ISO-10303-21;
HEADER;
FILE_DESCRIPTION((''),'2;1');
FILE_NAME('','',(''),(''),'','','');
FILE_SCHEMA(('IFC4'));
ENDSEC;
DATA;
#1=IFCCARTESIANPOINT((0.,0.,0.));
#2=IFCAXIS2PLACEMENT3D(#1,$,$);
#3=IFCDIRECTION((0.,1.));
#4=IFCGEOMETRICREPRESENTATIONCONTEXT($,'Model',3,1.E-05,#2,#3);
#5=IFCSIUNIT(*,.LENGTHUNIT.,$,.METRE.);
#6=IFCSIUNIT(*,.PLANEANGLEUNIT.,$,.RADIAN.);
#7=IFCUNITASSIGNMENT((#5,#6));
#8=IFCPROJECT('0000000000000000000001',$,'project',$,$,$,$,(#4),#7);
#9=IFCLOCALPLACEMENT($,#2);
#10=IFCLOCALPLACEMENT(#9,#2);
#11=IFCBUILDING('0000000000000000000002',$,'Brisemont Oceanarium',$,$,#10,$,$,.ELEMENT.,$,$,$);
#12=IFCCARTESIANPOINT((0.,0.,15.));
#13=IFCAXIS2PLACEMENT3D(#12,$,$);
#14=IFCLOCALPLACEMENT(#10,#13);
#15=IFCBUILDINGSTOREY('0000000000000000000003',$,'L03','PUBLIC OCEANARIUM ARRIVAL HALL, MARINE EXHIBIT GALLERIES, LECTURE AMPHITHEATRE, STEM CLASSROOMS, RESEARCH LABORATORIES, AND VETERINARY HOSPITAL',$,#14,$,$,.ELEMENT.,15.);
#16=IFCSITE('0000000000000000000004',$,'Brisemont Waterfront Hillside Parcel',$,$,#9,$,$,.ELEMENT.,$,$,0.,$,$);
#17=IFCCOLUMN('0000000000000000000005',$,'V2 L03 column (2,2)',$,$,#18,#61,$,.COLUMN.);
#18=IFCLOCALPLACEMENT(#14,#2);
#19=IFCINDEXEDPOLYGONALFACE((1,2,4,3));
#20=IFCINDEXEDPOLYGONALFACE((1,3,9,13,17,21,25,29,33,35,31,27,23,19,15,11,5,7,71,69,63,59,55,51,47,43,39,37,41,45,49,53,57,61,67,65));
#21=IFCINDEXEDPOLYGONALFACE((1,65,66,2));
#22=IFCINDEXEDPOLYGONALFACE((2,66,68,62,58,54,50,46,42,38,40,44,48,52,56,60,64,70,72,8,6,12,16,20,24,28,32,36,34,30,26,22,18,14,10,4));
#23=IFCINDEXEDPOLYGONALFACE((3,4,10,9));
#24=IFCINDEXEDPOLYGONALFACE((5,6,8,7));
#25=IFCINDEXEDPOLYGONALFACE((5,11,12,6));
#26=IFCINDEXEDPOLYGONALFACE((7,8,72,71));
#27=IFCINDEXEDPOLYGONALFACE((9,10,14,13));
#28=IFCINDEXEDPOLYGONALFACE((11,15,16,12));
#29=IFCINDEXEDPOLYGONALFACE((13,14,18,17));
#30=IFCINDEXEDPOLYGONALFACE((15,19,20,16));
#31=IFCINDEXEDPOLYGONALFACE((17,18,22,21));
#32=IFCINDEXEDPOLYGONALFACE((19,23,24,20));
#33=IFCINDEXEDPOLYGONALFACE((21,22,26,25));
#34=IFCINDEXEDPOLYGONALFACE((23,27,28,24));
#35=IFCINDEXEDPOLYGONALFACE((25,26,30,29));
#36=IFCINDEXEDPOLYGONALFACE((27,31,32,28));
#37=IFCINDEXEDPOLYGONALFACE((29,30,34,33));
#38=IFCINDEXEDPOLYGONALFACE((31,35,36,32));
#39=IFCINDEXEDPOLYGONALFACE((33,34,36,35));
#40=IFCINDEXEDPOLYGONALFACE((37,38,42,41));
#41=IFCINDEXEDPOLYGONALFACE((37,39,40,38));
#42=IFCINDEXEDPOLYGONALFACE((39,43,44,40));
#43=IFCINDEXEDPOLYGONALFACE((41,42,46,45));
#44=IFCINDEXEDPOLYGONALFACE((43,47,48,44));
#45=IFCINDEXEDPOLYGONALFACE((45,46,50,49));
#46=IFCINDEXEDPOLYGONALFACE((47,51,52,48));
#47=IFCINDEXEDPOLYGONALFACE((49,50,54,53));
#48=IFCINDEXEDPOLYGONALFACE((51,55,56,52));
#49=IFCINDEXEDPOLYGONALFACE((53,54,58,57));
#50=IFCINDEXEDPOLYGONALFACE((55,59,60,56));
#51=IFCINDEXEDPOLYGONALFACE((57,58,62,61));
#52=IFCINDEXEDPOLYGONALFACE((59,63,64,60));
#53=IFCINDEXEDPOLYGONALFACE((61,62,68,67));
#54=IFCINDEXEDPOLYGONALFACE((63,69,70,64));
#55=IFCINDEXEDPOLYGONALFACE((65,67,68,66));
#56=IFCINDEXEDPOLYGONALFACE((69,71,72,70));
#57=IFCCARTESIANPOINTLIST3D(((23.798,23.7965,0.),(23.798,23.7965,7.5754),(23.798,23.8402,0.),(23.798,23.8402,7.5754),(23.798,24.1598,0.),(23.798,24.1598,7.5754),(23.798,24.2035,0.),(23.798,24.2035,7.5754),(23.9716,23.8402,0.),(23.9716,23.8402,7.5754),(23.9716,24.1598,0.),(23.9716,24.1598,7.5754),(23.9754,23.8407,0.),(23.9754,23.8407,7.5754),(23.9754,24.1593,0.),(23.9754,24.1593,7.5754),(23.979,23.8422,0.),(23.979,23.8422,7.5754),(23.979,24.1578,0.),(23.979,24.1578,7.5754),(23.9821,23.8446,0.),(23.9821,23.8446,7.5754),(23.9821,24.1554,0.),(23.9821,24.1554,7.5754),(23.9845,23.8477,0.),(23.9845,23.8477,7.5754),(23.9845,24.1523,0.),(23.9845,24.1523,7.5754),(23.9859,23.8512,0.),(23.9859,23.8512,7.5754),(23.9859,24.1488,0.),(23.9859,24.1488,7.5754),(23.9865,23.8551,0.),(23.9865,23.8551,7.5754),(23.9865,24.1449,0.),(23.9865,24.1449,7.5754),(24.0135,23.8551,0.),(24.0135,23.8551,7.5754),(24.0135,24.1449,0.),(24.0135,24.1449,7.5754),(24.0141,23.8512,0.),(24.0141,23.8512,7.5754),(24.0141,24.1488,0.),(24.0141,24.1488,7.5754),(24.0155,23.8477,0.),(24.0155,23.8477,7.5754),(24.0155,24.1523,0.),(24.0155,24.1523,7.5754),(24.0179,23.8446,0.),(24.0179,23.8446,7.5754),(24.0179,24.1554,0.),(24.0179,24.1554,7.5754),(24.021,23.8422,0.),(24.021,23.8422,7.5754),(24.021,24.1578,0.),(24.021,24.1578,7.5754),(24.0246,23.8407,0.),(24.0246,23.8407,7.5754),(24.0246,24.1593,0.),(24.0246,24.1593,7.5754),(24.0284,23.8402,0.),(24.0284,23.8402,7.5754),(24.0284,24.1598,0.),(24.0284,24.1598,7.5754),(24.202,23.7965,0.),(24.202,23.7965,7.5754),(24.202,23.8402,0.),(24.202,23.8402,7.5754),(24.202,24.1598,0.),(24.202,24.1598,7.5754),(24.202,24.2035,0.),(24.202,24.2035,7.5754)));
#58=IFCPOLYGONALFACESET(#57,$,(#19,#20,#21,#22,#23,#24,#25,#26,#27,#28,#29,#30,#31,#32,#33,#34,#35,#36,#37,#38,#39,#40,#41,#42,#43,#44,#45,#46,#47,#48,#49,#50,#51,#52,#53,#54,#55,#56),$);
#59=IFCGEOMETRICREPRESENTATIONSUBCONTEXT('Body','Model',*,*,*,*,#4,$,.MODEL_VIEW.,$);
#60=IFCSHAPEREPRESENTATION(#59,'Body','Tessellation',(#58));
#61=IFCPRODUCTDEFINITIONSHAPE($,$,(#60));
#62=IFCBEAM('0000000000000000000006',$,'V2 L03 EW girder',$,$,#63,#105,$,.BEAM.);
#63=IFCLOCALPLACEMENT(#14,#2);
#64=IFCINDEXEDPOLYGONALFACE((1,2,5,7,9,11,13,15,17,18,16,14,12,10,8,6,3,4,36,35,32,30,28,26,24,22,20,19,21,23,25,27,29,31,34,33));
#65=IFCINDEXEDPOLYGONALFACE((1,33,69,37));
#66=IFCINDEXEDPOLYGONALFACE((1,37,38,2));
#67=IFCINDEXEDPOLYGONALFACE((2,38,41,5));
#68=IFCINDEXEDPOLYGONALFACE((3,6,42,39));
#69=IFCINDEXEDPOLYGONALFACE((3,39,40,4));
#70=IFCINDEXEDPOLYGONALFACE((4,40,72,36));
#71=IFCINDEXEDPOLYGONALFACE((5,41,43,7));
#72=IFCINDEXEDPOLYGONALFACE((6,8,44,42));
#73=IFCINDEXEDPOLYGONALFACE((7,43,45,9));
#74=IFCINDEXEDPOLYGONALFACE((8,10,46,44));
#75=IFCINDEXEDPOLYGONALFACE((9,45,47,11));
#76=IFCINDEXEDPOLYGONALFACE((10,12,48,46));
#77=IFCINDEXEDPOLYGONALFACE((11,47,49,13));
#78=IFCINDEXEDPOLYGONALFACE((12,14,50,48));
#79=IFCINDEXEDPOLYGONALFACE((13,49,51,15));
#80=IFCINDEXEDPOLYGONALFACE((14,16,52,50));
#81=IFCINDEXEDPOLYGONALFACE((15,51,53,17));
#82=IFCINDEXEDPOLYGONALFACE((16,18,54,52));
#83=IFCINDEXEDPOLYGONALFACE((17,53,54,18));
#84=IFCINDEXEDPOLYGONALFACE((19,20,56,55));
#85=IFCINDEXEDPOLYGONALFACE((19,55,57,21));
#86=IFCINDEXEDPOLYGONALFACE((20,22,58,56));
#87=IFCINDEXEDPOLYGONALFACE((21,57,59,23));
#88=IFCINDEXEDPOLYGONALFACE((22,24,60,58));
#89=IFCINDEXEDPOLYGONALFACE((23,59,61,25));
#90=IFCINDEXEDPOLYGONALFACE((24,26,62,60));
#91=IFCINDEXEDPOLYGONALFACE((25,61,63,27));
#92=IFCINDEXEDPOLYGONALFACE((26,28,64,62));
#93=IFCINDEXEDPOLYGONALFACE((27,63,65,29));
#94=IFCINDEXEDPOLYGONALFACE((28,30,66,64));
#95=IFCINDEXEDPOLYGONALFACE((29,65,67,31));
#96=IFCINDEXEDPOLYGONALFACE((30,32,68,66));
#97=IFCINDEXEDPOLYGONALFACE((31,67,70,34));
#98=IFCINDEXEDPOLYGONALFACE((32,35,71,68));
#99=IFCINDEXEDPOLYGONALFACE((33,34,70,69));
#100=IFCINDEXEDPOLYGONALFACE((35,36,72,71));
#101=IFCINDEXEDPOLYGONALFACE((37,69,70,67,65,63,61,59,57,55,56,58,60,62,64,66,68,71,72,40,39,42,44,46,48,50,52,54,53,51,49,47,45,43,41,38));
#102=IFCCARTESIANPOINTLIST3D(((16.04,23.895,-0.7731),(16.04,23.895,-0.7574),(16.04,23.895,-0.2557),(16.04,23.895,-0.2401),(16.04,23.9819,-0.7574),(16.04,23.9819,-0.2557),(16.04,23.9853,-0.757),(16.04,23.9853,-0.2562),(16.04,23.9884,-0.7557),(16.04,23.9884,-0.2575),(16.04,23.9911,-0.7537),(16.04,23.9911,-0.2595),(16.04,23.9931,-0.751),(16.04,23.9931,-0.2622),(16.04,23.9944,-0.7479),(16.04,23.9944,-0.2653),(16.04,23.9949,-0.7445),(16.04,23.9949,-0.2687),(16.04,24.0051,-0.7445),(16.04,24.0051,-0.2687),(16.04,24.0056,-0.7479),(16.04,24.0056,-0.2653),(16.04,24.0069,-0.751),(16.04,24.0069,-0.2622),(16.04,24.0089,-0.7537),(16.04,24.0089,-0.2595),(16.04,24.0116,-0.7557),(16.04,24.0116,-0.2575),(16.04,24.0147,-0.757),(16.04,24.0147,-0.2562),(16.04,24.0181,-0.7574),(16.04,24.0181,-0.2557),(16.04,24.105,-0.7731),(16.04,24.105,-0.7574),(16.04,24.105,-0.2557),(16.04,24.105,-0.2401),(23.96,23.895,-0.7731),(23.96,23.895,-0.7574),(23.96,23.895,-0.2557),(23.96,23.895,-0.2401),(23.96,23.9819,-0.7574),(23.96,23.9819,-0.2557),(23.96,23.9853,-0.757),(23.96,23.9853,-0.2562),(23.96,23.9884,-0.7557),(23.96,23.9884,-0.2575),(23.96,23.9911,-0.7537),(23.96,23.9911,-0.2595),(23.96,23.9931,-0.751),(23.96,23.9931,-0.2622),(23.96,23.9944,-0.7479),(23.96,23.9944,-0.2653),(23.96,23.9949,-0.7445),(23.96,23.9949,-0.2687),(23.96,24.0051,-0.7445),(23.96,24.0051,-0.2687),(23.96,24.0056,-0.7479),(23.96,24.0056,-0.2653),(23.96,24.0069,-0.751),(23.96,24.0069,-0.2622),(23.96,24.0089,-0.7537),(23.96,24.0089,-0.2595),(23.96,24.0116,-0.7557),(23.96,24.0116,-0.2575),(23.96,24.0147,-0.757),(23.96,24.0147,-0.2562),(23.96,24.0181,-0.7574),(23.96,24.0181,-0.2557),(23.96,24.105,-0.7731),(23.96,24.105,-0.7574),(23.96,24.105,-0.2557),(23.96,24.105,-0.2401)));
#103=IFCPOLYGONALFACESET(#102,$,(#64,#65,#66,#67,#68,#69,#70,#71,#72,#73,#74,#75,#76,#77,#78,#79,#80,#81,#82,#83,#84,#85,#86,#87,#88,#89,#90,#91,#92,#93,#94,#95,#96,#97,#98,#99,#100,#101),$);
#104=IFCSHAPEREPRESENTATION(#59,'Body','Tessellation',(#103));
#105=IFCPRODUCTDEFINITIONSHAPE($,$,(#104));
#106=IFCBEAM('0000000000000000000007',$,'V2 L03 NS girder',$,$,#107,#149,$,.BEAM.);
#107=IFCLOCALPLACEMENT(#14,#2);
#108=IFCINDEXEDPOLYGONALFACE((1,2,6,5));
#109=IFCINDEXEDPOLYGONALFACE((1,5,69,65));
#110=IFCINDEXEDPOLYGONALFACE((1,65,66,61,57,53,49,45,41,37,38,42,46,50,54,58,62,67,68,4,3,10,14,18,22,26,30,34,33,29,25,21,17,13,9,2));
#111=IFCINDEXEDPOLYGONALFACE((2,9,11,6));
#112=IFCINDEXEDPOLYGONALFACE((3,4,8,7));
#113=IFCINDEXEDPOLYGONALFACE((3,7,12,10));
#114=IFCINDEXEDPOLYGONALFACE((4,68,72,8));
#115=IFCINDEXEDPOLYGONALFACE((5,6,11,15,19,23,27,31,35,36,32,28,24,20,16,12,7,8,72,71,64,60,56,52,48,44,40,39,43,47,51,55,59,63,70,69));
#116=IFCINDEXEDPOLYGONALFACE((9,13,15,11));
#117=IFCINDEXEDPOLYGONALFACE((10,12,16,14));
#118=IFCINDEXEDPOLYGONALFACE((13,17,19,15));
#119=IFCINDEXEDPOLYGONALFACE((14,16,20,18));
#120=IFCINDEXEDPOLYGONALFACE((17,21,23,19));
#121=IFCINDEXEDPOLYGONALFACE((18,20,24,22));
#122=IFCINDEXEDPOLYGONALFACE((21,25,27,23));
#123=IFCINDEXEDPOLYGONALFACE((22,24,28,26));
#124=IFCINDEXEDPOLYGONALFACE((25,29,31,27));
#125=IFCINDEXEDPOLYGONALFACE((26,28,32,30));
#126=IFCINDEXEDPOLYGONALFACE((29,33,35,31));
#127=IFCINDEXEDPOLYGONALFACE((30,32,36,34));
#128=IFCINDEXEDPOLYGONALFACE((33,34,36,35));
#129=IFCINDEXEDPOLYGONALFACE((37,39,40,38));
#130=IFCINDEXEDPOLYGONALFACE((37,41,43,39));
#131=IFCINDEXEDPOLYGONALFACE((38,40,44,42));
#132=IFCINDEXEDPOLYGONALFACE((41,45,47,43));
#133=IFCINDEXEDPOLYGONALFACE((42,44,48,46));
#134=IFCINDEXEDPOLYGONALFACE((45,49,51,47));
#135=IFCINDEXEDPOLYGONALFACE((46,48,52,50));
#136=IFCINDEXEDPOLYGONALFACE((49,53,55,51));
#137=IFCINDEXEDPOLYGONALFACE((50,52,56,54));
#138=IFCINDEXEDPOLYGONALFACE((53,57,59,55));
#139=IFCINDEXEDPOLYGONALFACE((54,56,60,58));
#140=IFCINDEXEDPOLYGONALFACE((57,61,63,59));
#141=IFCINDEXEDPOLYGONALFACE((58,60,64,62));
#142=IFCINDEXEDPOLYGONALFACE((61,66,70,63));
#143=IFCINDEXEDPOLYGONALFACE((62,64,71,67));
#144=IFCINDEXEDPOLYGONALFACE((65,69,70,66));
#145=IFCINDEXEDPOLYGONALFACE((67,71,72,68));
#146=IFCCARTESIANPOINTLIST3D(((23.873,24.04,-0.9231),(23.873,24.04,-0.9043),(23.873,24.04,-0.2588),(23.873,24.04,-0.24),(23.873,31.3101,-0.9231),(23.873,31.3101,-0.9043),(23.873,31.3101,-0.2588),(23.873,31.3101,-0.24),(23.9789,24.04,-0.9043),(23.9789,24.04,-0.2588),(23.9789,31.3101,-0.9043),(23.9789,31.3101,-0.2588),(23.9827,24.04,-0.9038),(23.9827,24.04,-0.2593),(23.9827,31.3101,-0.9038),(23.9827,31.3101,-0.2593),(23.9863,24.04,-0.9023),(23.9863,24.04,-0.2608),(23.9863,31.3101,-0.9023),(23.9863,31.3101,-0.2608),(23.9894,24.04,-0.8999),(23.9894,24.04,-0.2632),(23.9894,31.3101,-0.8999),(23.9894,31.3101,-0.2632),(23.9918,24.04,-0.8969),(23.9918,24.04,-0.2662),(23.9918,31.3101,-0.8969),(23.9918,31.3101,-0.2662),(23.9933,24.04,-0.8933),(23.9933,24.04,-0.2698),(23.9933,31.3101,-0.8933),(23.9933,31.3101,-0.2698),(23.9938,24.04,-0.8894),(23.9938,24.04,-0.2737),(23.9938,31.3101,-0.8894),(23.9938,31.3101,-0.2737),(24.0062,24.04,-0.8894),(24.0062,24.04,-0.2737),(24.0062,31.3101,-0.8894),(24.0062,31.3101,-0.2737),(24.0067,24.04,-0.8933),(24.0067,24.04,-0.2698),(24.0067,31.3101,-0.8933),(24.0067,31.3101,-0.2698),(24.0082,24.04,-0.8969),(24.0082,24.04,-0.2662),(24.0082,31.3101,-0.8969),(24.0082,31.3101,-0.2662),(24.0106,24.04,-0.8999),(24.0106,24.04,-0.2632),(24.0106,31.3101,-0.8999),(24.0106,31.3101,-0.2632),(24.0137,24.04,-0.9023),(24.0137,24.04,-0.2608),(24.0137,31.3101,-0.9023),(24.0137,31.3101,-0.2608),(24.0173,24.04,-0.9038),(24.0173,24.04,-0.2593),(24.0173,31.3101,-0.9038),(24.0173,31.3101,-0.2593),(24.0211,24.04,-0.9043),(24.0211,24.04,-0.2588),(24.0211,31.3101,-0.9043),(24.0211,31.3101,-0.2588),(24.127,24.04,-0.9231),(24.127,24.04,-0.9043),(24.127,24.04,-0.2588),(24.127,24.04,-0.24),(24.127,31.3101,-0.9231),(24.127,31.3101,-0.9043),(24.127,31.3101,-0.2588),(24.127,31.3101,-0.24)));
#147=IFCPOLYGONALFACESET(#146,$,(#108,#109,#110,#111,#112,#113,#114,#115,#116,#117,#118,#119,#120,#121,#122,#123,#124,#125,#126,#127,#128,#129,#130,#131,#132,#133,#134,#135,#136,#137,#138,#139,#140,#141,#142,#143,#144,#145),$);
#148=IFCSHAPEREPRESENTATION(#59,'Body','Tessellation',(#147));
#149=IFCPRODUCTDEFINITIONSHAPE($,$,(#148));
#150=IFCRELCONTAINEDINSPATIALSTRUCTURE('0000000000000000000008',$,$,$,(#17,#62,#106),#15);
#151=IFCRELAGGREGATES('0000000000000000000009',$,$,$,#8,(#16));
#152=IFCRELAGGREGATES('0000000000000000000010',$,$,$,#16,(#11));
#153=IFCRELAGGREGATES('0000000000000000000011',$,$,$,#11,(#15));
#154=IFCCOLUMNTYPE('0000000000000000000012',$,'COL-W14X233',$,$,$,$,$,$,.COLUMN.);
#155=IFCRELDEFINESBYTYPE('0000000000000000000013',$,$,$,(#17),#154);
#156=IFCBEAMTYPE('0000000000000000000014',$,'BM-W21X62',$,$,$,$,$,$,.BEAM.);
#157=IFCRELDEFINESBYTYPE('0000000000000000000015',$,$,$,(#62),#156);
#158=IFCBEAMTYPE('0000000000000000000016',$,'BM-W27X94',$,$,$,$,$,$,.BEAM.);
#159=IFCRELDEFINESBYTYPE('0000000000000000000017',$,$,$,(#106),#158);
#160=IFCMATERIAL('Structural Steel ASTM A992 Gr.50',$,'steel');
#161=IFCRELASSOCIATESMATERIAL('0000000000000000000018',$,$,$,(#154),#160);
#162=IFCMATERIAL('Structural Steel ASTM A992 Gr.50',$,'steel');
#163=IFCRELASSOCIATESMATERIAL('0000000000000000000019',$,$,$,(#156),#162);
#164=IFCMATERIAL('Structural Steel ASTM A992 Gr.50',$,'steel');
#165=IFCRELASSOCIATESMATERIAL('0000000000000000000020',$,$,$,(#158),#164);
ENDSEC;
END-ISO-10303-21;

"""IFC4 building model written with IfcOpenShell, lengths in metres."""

from ifc_helpers import new_model, si_unit, direction, frame, origin, origin_2d, place, context, subcontext, project, spatial, i_section, extrude, material, material_profile, profile_set, type_object, element, save


model = new_model("IFC4")

# Units and contexts
model_context = context("Model", 3, precision=1e-05, world=origin(), true_north=direction((0.0, 1.0)))
body_context = subcontext(model_context, "Body", "Model", "MODEL_VIEW")
ifc_project = project(units=[si_unit("LENGTHUNIT", "METRE"), si_unit("PLANEANGLEUNIT", "RADIAN")], contexts=[model_context])

# Site, building, storey
site_placement = place(None, origin())
site = spatial("IfcSite", under=ifc_project, at=site_placement, Name="Brisemont Waterfront Hillside Parcel", CompositionType="ELEMENT", RefElevation=0.0)
building_placement = place(site_placement, origin())
building = spatial("IfcBuilding", under=site, at=building_placement, Name="Brisemont Oceanarium", CompositionType="ELEMENT")
storey_placement = place(building_placement, frame((0.0, 0.0, 15.0)))
storey = spatial("IfcBuildingStorey", under=building, at=storey_placement, Name="L03", Description="PUBLIC OCEANARIUM ARRIVAL HALL, MARINE EXHIBIT GALLERIES, LECTURE AMPHITHEATRE, STEM CLASSROOMS, RESEARCH LABORATORIES, AND VETERINARY HOSPITAL", CompositionType="ELEMENT", Elevation=15.0)

# Column
ifc_material_1 = material(Name="Structural Steel ASTM A992 Gr.50", Category="steel")
ifc_material_profile_1 = material_profile(ifc_material_1, i_section(OverallWidth=0.4041, OverallDepth=0.407, WebThickness=0.0271, FlangeThickness=0.0437, FilletRadius=0.0149, at=origin_2d()), Name="W14X233")
ifc_profile_set_1 = profile_set([ifc_material_profile_1], Name="Structural Steel ASTM A992 Gr.50")
column_type = type_object("IfcColumnType", Name="COL-W14X233", PredefinedType="COLUMN", material=ifc_profile_set_1)
column_placement = place(storey_placement, frame((24.0, 24.0, 0.0), z_axis=(0.0, 0.0, 1.0), x_axis=(1.0, 0.0, 0.0)))
element("IfcColumn", 1, at=column_placement, inside=storey, type_object=column_type, Name="V2 L03 column (2,2)", PredefinedType="COLUMN", context=body_context, shape_type="SweptSolid", body=[
    extrude(i_section(OverallWidth=0.4041, OverallDepth=0.407, WebThickness=0.0271, FlangeThickness=0.0437, FilletRadius=0.0149, at=origin_2d()), origin(), (0.0, 0.0, 1.0), 7.5754),
])

# Beams
ifc_material_2 = material(Name="Structural Steel ASTM A992 Gr.50", Category="steel")
ifc_material_profile_2 = material_profile(ifc_material_2, i_section(OverallWidth=0.21, OverallDepth=0.533, WebThickness=0.0103, FlangeThickness=0.0156, FilletRadius=0.0129, at=origin_2d()), Name="W21X62")
ifc_profile_set_2 = profile_set([ifc_material_profile_2], Name="Structural Steel ASTM A992 Gr.50")
beam_type_1 = type_object("IfcBeamType", Name="BM-W21X62", PredefinedType="BEAM", material=ifc_profile_set_2)
beam_1_placement = place(storey_placement, frame((16.04, 24.0, -0.5066), z_axis=(1.0, 0.0, 0.0), x_axis=(0.0, 1.0, 0.0)))
element("IfcBeam", 2, at=beam_1_placement, inside=storey, type_object=beam_type_1, Name="V2 L03 EW girder", PredefinedType="BEAM", context=body_context, shape_type="SweptSolid", body=[
    extrude(i_section(OverallWidth=0.21, OverallDepth=0.533, WebThickness=0.0103, FlangeThickness=0.0156, FilletRadius=0.0129, at=origin_2d()), origin(), (0.0, 0.0, 1.0), 7.9199),
])
ifc_material_3 = material(Name="Structural Steel ASTM A992 Gr.50", Category="steel")
ifc_material_profile_3 = material_profile(ifc_material_3, i_section(OverallWidth=0.2539, OverallDepth=0.6831, WebThickness=0.0125, FlangeThickness=0.0188, FilletRadius=0.0149, at=origin_2d()), Name="W27X94")
ifc_profile_set_3 = profile_set([ifc_material_profile_3], Name="Structural Steel ASTM A992 Gr.50")
beam_type_2 = type_object("IfcBeamType", Name="BM-W27X94", PredefinedType="BEAM", material=ifc_profile_set_3)
beam_2_placement = place(storey_placement, frame((24.0, 24.04, -0.5815), z_axis=(0.0, 1.0, 0.0), x_axis=(-1.0, 0.0, 0.0)))
element("IfcBeam", 3, at=beam_2_placement, inside=storey, type_object=beam_type_2, Name="V2 L03 NS girder", PredefinedType="BEAM", context=body_context, shape_type="SweptSolid", body=[
    extrude(i_section(OverallWidth=0.2539, OverallDepth=0.6831, WebThickness=0.0125, FlangeThickness=0.0188, FilletRadius=0.0149, at=origin_2d()), origin(), (0.0, 0.0, 1.0), 7.27),
])

save(model, "model.ifc")
